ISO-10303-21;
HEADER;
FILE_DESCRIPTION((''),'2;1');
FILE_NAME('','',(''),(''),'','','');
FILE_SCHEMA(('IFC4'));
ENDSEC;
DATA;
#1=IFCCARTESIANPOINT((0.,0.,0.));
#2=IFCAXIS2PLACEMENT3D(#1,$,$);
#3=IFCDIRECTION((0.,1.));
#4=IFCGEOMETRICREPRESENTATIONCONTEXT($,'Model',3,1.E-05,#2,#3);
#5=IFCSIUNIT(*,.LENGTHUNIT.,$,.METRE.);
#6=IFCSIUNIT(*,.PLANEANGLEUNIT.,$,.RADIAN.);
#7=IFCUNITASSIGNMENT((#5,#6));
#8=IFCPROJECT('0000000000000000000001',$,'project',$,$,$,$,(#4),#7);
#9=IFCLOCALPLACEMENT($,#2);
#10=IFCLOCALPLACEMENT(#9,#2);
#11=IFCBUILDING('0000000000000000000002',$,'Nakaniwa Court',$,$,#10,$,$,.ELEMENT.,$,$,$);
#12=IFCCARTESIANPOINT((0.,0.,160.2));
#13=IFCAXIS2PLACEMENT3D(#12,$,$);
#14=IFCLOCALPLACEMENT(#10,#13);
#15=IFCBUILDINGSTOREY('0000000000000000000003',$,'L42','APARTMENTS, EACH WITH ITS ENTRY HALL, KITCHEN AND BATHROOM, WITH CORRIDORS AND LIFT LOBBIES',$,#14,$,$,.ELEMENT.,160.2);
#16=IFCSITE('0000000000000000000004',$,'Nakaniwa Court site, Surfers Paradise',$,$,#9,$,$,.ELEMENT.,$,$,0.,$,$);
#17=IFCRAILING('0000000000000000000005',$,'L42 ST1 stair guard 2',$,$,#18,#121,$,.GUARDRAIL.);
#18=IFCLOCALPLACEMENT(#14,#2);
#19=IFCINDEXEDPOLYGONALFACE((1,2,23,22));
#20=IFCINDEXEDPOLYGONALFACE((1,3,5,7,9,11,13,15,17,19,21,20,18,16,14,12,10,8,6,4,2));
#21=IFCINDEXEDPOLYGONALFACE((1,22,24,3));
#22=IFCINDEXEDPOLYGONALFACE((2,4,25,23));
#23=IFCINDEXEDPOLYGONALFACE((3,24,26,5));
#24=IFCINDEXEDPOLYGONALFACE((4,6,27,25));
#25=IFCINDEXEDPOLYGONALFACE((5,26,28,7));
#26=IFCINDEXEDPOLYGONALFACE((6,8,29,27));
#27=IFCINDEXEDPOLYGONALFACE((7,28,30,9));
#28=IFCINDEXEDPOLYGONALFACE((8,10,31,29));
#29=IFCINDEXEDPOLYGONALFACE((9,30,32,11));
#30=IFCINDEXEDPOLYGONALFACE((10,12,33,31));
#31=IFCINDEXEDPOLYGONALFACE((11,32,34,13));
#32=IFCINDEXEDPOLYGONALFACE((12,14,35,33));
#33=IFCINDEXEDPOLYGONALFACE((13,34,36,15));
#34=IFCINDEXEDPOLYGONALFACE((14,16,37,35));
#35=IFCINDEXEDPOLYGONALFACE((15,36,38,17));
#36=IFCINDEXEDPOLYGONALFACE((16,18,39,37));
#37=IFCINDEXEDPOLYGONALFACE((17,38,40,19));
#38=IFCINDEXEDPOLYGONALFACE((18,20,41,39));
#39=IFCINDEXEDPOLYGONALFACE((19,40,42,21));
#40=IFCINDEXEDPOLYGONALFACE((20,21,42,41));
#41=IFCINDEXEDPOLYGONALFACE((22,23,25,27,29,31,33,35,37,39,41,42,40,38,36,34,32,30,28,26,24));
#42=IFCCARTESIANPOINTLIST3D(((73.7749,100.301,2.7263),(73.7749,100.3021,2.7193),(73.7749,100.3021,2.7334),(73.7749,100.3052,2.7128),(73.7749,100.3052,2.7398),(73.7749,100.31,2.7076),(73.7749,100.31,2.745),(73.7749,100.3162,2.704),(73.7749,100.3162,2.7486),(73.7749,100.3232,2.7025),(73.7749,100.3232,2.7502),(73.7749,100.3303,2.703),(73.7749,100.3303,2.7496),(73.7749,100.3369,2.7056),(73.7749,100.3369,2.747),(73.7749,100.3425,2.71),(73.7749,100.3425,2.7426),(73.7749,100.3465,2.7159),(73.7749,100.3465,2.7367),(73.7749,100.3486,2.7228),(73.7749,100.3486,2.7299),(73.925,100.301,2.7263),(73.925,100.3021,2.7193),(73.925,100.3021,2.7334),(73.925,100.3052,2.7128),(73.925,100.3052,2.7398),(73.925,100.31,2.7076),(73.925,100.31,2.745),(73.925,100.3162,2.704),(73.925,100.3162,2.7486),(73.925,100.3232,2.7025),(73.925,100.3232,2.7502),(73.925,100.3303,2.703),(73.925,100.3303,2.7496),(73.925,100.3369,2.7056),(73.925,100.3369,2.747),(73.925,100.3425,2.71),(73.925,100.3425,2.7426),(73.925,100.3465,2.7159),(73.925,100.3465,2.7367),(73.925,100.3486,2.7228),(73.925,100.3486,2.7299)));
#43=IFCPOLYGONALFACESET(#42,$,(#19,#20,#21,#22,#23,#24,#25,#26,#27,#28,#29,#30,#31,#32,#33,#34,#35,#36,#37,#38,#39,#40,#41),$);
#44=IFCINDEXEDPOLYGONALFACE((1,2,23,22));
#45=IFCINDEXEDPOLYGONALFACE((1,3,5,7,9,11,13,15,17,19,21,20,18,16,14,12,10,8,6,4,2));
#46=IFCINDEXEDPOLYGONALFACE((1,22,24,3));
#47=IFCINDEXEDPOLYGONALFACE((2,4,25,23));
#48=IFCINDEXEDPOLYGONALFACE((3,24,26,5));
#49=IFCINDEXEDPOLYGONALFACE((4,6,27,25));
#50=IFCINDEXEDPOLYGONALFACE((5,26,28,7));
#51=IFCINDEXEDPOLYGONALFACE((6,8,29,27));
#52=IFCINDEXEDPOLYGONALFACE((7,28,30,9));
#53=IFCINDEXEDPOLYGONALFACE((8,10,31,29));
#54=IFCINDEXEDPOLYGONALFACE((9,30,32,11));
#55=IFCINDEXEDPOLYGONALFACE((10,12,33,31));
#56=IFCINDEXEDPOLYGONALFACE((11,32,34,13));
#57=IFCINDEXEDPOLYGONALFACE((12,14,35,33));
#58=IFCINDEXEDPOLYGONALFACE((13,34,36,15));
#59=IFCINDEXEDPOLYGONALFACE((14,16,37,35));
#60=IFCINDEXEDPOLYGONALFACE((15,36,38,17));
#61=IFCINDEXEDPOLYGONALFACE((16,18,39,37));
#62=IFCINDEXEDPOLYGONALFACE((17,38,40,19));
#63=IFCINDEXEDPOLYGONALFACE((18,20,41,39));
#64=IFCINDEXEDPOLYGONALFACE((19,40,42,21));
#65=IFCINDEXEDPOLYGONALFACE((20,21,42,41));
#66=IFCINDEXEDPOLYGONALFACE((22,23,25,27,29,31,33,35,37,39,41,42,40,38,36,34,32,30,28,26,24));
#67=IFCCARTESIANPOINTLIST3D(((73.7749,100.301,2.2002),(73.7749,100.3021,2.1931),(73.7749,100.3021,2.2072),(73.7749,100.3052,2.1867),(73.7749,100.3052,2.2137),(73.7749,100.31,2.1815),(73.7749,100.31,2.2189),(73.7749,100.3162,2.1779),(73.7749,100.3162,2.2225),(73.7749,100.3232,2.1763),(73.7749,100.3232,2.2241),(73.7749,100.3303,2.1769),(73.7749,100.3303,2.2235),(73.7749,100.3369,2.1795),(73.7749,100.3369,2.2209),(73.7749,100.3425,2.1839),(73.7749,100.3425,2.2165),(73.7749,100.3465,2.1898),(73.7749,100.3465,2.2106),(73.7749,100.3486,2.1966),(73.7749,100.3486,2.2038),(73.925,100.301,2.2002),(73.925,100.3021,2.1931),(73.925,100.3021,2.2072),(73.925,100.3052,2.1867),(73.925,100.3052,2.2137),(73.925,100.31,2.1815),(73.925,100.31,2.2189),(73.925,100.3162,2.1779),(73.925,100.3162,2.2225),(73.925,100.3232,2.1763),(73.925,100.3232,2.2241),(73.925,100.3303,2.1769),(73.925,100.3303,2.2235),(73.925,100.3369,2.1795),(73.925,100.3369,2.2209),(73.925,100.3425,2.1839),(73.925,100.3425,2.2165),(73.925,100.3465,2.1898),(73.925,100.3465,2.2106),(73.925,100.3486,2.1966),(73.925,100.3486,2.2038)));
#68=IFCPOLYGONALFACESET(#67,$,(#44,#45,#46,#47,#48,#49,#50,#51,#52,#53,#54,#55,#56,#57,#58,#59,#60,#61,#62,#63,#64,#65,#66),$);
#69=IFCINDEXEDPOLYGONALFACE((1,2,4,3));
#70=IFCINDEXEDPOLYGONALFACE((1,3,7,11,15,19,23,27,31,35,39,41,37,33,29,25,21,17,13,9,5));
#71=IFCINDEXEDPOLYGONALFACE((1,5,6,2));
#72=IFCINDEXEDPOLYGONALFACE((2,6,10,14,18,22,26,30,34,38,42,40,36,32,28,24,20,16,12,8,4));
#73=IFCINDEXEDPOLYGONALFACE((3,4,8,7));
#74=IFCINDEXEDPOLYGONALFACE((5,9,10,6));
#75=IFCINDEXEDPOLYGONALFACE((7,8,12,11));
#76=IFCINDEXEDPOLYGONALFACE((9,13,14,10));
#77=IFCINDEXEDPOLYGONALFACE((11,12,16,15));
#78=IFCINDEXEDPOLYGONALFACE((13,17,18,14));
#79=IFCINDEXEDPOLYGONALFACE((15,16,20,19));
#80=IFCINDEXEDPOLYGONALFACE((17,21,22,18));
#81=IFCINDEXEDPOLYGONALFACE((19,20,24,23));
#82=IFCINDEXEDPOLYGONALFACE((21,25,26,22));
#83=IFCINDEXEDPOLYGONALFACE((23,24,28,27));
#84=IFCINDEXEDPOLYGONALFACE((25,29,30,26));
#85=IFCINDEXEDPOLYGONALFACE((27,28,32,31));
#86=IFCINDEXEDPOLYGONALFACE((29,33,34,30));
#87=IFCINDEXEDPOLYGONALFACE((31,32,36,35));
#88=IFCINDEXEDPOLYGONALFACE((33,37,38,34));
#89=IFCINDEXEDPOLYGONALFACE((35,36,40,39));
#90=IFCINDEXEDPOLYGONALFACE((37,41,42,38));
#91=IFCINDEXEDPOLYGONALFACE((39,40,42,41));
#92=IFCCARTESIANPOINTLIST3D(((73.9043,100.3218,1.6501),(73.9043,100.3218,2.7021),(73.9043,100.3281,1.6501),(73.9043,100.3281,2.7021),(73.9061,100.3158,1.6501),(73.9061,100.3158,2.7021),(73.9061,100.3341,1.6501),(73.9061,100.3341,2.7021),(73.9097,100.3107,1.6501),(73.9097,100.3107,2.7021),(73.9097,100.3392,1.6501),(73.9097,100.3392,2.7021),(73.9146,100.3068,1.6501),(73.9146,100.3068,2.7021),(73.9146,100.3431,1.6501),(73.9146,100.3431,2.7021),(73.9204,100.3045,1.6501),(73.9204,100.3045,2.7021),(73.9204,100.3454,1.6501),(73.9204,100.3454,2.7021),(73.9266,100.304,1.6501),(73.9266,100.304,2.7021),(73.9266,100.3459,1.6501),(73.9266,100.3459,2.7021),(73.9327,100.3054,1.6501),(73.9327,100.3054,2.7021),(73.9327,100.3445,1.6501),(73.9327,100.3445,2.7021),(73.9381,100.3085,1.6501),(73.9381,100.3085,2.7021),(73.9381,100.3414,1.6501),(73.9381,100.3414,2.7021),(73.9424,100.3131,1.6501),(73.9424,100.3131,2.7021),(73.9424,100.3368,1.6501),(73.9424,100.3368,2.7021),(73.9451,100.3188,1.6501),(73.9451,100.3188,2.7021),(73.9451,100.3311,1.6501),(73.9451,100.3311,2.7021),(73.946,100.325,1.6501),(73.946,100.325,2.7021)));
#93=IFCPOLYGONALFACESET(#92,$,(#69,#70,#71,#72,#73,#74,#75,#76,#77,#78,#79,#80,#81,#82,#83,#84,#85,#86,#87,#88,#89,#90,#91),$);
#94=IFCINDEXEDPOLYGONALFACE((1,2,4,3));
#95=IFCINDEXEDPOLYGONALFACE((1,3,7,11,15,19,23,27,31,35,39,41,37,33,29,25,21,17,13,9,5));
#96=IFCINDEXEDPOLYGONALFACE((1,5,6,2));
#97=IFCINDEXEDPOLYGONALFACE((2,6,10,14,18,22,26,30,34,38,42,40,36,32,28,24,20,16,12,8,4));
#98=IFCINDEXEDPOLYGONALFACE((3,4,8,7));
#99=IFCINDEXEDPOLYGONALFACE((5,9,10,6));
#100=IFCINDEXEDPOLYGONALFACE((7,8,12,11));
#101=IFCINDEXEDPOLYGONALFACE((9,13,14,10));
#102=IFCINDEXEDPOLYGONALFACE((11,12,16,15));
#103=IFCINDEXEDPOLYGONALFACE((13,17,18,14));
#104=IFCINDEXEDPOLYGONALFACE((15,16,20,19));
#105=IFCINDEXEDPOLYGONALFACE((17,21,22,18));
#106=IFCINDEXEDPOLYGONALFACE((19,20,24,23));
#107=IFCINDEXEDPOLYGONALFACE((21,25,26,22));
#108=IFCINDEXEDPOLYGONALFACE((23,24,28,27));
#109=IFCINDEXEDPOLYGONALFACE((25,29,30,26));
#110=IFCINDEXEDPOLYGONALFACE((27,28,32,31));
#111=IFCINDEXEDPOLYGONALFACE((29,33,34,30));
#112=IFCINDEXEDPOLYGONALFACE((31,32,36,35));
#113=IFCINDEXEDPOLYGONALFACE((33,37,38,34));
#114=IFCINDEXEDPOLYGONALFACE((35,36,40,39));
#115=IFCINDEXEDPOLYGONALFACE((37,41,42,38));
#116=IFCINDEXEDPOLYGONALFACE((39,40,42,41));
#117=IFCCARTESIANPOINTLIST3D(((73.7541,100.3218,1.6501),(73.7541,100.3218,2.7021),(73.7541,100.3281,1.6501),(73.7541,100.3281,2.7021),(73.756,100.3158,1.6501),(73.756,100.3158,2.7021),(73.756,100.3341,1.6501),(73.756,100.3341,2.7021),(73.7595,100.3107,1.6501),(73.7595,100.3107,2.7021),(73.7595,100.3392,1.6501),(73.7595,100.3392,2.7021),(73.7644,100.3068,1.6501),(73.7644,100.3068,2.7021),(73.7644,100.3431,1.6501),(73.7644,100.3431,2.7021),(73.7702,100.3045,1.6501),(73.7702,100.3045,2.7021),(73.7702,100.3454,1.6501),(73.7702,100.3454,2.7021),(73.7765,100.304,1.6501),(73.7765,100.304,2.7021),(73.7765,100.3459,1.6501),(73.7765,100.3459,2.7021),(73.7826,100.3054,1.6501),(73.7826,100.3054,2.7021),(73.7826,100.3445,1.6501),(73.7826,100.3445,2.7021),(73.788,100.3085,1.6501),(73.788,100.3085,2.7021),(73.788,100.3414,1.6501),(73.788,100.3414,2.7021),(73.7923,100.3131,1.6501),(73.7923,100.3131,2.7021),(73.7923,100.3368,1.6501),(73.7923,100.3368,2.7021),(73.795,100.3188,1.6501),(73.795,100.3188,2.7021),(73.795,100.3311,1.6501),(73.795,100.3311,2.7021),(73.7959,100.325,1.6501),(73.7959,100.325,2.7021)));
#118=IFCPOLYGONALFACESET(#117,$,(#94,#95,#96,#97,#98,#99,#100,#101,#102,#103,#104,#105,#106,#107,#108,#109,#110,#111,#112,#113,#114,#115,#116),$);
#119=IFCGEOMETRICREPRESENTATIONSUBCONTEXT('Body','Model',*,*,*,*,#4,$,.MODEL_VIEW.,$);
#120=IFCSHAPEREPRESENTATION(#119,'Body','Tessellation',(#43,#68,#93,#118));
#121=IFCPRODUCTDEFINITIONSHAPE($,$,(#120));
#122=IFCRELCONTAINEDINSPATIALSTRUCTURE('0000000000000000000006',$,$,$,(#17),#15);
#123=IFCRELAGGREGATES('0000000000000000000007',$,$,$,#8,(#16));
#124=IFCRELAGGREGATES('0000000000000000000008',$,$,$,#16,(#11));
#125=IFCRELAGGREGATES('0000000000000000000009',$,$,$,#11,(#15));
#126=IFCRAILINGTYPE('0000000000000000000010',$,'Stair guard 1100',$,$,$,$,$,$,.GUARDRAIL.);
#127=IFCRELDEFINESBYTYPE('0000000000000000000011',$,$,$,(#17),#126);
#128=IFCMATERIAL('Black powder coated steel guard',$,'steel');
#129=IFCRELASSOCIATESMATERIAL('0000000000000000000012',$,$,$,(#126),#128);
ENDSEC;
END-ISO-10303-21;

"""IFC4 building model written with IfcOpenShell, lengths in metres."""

from ifc_helpers import new_model, si_unit, direction, frame, origin, origin_2d, place, context, subcontext, project, spatial, circle, extrude, material, type_object, element, save


model = new_model("IFC4")

# Units and contexts
model_context = context("Model", 3, precision=1e-05, world=origin(), true_north=direction((0.0, 1.0)))
body_context = subcontext(model_context, "Body", "Model", "MODEL_VIEW")
ifc_project = project(units=[si_unit("LENGTHUNIT", "METRE"), si_unit("PLANEANGLEUNIT", "RADIAN")], contexts=[model_context])

# Site, building, storey
site_placement = place(None, origin())
site = spatial("IfcSite", under=ifc_project, at=site_placement, Name="Nakaniwa Court site, Surfers Paradise", CompositionType="ELEMENT", RefElevation=0.0)
building_placement = place(site_placement, origin())
building = spatial("IfcBuilding", under=site, at=building_placement, Name="Nakaniwa Court", CompositionType="ELEMENT")
storey_placement = place(building_placement, frame((0.0, 0.0, 160.2)))
storey = spatial("IfcBuildingStorey", under=building, at=storey_placement, Name="L42", Description="APARTMENTS, EACH WITH ITS ENTRY HALL, KITCHEN AND BATHROOM, WITH CORRIDORS AND LIFT LOBBIES", CompositionType="ELEMENT", Elevation=160.2)

# Railing
ifc_material_1 = material(Name="Black powder coated steel guard", Category="steel")
railing_type_1 = type_object("IfcRailingType", Name="Stair guard 1100", PredefinedType="GUARDRAIL", material=ifc_material_1)
railing_1_placement = place(storey_placement, frame((73.925, 100.325, 1.6501)))
element("IfcRailing", 1, at=railing_1_placement, inside=storey, type_object=railing_type_1, Name="L42 ST1 stair guard 2", PredefinedType="GUARDRAIL", context=body_context, shape_type="SweptSolid", body=[
    extrude(circle(Radius=0.0239, at=origin_2d()), frame((0.0, 0.0, 1.0762), z_axis=(-1.0, 0.0, 0.0), x_axis=(0.0, -1.0, 0.0)), (0.0, 0.0, 1.0), 0.1501),
    extrude(circle(Radius=0.0239, at=origin_2d()), frame((0.0, 0.0, 0.55), z_axis=(-1.0, 0.0, 0.0), x_axis=(0.0, -1.0, 0.0)), (0.0, 0.0, 1.0), 0.1501),
    extrude(circle(Radius=0.021, at=origin_2d()), origin(), (0.0, 0.0, 1.0), 1.052),
    extrude(circle(Radius=0.021, at=origin_2d()), frame((-0.1501, 0.0, 0.0)), (0.0, 0.0, 1.0), 1.052),
])

save(model, "model.ifc")
